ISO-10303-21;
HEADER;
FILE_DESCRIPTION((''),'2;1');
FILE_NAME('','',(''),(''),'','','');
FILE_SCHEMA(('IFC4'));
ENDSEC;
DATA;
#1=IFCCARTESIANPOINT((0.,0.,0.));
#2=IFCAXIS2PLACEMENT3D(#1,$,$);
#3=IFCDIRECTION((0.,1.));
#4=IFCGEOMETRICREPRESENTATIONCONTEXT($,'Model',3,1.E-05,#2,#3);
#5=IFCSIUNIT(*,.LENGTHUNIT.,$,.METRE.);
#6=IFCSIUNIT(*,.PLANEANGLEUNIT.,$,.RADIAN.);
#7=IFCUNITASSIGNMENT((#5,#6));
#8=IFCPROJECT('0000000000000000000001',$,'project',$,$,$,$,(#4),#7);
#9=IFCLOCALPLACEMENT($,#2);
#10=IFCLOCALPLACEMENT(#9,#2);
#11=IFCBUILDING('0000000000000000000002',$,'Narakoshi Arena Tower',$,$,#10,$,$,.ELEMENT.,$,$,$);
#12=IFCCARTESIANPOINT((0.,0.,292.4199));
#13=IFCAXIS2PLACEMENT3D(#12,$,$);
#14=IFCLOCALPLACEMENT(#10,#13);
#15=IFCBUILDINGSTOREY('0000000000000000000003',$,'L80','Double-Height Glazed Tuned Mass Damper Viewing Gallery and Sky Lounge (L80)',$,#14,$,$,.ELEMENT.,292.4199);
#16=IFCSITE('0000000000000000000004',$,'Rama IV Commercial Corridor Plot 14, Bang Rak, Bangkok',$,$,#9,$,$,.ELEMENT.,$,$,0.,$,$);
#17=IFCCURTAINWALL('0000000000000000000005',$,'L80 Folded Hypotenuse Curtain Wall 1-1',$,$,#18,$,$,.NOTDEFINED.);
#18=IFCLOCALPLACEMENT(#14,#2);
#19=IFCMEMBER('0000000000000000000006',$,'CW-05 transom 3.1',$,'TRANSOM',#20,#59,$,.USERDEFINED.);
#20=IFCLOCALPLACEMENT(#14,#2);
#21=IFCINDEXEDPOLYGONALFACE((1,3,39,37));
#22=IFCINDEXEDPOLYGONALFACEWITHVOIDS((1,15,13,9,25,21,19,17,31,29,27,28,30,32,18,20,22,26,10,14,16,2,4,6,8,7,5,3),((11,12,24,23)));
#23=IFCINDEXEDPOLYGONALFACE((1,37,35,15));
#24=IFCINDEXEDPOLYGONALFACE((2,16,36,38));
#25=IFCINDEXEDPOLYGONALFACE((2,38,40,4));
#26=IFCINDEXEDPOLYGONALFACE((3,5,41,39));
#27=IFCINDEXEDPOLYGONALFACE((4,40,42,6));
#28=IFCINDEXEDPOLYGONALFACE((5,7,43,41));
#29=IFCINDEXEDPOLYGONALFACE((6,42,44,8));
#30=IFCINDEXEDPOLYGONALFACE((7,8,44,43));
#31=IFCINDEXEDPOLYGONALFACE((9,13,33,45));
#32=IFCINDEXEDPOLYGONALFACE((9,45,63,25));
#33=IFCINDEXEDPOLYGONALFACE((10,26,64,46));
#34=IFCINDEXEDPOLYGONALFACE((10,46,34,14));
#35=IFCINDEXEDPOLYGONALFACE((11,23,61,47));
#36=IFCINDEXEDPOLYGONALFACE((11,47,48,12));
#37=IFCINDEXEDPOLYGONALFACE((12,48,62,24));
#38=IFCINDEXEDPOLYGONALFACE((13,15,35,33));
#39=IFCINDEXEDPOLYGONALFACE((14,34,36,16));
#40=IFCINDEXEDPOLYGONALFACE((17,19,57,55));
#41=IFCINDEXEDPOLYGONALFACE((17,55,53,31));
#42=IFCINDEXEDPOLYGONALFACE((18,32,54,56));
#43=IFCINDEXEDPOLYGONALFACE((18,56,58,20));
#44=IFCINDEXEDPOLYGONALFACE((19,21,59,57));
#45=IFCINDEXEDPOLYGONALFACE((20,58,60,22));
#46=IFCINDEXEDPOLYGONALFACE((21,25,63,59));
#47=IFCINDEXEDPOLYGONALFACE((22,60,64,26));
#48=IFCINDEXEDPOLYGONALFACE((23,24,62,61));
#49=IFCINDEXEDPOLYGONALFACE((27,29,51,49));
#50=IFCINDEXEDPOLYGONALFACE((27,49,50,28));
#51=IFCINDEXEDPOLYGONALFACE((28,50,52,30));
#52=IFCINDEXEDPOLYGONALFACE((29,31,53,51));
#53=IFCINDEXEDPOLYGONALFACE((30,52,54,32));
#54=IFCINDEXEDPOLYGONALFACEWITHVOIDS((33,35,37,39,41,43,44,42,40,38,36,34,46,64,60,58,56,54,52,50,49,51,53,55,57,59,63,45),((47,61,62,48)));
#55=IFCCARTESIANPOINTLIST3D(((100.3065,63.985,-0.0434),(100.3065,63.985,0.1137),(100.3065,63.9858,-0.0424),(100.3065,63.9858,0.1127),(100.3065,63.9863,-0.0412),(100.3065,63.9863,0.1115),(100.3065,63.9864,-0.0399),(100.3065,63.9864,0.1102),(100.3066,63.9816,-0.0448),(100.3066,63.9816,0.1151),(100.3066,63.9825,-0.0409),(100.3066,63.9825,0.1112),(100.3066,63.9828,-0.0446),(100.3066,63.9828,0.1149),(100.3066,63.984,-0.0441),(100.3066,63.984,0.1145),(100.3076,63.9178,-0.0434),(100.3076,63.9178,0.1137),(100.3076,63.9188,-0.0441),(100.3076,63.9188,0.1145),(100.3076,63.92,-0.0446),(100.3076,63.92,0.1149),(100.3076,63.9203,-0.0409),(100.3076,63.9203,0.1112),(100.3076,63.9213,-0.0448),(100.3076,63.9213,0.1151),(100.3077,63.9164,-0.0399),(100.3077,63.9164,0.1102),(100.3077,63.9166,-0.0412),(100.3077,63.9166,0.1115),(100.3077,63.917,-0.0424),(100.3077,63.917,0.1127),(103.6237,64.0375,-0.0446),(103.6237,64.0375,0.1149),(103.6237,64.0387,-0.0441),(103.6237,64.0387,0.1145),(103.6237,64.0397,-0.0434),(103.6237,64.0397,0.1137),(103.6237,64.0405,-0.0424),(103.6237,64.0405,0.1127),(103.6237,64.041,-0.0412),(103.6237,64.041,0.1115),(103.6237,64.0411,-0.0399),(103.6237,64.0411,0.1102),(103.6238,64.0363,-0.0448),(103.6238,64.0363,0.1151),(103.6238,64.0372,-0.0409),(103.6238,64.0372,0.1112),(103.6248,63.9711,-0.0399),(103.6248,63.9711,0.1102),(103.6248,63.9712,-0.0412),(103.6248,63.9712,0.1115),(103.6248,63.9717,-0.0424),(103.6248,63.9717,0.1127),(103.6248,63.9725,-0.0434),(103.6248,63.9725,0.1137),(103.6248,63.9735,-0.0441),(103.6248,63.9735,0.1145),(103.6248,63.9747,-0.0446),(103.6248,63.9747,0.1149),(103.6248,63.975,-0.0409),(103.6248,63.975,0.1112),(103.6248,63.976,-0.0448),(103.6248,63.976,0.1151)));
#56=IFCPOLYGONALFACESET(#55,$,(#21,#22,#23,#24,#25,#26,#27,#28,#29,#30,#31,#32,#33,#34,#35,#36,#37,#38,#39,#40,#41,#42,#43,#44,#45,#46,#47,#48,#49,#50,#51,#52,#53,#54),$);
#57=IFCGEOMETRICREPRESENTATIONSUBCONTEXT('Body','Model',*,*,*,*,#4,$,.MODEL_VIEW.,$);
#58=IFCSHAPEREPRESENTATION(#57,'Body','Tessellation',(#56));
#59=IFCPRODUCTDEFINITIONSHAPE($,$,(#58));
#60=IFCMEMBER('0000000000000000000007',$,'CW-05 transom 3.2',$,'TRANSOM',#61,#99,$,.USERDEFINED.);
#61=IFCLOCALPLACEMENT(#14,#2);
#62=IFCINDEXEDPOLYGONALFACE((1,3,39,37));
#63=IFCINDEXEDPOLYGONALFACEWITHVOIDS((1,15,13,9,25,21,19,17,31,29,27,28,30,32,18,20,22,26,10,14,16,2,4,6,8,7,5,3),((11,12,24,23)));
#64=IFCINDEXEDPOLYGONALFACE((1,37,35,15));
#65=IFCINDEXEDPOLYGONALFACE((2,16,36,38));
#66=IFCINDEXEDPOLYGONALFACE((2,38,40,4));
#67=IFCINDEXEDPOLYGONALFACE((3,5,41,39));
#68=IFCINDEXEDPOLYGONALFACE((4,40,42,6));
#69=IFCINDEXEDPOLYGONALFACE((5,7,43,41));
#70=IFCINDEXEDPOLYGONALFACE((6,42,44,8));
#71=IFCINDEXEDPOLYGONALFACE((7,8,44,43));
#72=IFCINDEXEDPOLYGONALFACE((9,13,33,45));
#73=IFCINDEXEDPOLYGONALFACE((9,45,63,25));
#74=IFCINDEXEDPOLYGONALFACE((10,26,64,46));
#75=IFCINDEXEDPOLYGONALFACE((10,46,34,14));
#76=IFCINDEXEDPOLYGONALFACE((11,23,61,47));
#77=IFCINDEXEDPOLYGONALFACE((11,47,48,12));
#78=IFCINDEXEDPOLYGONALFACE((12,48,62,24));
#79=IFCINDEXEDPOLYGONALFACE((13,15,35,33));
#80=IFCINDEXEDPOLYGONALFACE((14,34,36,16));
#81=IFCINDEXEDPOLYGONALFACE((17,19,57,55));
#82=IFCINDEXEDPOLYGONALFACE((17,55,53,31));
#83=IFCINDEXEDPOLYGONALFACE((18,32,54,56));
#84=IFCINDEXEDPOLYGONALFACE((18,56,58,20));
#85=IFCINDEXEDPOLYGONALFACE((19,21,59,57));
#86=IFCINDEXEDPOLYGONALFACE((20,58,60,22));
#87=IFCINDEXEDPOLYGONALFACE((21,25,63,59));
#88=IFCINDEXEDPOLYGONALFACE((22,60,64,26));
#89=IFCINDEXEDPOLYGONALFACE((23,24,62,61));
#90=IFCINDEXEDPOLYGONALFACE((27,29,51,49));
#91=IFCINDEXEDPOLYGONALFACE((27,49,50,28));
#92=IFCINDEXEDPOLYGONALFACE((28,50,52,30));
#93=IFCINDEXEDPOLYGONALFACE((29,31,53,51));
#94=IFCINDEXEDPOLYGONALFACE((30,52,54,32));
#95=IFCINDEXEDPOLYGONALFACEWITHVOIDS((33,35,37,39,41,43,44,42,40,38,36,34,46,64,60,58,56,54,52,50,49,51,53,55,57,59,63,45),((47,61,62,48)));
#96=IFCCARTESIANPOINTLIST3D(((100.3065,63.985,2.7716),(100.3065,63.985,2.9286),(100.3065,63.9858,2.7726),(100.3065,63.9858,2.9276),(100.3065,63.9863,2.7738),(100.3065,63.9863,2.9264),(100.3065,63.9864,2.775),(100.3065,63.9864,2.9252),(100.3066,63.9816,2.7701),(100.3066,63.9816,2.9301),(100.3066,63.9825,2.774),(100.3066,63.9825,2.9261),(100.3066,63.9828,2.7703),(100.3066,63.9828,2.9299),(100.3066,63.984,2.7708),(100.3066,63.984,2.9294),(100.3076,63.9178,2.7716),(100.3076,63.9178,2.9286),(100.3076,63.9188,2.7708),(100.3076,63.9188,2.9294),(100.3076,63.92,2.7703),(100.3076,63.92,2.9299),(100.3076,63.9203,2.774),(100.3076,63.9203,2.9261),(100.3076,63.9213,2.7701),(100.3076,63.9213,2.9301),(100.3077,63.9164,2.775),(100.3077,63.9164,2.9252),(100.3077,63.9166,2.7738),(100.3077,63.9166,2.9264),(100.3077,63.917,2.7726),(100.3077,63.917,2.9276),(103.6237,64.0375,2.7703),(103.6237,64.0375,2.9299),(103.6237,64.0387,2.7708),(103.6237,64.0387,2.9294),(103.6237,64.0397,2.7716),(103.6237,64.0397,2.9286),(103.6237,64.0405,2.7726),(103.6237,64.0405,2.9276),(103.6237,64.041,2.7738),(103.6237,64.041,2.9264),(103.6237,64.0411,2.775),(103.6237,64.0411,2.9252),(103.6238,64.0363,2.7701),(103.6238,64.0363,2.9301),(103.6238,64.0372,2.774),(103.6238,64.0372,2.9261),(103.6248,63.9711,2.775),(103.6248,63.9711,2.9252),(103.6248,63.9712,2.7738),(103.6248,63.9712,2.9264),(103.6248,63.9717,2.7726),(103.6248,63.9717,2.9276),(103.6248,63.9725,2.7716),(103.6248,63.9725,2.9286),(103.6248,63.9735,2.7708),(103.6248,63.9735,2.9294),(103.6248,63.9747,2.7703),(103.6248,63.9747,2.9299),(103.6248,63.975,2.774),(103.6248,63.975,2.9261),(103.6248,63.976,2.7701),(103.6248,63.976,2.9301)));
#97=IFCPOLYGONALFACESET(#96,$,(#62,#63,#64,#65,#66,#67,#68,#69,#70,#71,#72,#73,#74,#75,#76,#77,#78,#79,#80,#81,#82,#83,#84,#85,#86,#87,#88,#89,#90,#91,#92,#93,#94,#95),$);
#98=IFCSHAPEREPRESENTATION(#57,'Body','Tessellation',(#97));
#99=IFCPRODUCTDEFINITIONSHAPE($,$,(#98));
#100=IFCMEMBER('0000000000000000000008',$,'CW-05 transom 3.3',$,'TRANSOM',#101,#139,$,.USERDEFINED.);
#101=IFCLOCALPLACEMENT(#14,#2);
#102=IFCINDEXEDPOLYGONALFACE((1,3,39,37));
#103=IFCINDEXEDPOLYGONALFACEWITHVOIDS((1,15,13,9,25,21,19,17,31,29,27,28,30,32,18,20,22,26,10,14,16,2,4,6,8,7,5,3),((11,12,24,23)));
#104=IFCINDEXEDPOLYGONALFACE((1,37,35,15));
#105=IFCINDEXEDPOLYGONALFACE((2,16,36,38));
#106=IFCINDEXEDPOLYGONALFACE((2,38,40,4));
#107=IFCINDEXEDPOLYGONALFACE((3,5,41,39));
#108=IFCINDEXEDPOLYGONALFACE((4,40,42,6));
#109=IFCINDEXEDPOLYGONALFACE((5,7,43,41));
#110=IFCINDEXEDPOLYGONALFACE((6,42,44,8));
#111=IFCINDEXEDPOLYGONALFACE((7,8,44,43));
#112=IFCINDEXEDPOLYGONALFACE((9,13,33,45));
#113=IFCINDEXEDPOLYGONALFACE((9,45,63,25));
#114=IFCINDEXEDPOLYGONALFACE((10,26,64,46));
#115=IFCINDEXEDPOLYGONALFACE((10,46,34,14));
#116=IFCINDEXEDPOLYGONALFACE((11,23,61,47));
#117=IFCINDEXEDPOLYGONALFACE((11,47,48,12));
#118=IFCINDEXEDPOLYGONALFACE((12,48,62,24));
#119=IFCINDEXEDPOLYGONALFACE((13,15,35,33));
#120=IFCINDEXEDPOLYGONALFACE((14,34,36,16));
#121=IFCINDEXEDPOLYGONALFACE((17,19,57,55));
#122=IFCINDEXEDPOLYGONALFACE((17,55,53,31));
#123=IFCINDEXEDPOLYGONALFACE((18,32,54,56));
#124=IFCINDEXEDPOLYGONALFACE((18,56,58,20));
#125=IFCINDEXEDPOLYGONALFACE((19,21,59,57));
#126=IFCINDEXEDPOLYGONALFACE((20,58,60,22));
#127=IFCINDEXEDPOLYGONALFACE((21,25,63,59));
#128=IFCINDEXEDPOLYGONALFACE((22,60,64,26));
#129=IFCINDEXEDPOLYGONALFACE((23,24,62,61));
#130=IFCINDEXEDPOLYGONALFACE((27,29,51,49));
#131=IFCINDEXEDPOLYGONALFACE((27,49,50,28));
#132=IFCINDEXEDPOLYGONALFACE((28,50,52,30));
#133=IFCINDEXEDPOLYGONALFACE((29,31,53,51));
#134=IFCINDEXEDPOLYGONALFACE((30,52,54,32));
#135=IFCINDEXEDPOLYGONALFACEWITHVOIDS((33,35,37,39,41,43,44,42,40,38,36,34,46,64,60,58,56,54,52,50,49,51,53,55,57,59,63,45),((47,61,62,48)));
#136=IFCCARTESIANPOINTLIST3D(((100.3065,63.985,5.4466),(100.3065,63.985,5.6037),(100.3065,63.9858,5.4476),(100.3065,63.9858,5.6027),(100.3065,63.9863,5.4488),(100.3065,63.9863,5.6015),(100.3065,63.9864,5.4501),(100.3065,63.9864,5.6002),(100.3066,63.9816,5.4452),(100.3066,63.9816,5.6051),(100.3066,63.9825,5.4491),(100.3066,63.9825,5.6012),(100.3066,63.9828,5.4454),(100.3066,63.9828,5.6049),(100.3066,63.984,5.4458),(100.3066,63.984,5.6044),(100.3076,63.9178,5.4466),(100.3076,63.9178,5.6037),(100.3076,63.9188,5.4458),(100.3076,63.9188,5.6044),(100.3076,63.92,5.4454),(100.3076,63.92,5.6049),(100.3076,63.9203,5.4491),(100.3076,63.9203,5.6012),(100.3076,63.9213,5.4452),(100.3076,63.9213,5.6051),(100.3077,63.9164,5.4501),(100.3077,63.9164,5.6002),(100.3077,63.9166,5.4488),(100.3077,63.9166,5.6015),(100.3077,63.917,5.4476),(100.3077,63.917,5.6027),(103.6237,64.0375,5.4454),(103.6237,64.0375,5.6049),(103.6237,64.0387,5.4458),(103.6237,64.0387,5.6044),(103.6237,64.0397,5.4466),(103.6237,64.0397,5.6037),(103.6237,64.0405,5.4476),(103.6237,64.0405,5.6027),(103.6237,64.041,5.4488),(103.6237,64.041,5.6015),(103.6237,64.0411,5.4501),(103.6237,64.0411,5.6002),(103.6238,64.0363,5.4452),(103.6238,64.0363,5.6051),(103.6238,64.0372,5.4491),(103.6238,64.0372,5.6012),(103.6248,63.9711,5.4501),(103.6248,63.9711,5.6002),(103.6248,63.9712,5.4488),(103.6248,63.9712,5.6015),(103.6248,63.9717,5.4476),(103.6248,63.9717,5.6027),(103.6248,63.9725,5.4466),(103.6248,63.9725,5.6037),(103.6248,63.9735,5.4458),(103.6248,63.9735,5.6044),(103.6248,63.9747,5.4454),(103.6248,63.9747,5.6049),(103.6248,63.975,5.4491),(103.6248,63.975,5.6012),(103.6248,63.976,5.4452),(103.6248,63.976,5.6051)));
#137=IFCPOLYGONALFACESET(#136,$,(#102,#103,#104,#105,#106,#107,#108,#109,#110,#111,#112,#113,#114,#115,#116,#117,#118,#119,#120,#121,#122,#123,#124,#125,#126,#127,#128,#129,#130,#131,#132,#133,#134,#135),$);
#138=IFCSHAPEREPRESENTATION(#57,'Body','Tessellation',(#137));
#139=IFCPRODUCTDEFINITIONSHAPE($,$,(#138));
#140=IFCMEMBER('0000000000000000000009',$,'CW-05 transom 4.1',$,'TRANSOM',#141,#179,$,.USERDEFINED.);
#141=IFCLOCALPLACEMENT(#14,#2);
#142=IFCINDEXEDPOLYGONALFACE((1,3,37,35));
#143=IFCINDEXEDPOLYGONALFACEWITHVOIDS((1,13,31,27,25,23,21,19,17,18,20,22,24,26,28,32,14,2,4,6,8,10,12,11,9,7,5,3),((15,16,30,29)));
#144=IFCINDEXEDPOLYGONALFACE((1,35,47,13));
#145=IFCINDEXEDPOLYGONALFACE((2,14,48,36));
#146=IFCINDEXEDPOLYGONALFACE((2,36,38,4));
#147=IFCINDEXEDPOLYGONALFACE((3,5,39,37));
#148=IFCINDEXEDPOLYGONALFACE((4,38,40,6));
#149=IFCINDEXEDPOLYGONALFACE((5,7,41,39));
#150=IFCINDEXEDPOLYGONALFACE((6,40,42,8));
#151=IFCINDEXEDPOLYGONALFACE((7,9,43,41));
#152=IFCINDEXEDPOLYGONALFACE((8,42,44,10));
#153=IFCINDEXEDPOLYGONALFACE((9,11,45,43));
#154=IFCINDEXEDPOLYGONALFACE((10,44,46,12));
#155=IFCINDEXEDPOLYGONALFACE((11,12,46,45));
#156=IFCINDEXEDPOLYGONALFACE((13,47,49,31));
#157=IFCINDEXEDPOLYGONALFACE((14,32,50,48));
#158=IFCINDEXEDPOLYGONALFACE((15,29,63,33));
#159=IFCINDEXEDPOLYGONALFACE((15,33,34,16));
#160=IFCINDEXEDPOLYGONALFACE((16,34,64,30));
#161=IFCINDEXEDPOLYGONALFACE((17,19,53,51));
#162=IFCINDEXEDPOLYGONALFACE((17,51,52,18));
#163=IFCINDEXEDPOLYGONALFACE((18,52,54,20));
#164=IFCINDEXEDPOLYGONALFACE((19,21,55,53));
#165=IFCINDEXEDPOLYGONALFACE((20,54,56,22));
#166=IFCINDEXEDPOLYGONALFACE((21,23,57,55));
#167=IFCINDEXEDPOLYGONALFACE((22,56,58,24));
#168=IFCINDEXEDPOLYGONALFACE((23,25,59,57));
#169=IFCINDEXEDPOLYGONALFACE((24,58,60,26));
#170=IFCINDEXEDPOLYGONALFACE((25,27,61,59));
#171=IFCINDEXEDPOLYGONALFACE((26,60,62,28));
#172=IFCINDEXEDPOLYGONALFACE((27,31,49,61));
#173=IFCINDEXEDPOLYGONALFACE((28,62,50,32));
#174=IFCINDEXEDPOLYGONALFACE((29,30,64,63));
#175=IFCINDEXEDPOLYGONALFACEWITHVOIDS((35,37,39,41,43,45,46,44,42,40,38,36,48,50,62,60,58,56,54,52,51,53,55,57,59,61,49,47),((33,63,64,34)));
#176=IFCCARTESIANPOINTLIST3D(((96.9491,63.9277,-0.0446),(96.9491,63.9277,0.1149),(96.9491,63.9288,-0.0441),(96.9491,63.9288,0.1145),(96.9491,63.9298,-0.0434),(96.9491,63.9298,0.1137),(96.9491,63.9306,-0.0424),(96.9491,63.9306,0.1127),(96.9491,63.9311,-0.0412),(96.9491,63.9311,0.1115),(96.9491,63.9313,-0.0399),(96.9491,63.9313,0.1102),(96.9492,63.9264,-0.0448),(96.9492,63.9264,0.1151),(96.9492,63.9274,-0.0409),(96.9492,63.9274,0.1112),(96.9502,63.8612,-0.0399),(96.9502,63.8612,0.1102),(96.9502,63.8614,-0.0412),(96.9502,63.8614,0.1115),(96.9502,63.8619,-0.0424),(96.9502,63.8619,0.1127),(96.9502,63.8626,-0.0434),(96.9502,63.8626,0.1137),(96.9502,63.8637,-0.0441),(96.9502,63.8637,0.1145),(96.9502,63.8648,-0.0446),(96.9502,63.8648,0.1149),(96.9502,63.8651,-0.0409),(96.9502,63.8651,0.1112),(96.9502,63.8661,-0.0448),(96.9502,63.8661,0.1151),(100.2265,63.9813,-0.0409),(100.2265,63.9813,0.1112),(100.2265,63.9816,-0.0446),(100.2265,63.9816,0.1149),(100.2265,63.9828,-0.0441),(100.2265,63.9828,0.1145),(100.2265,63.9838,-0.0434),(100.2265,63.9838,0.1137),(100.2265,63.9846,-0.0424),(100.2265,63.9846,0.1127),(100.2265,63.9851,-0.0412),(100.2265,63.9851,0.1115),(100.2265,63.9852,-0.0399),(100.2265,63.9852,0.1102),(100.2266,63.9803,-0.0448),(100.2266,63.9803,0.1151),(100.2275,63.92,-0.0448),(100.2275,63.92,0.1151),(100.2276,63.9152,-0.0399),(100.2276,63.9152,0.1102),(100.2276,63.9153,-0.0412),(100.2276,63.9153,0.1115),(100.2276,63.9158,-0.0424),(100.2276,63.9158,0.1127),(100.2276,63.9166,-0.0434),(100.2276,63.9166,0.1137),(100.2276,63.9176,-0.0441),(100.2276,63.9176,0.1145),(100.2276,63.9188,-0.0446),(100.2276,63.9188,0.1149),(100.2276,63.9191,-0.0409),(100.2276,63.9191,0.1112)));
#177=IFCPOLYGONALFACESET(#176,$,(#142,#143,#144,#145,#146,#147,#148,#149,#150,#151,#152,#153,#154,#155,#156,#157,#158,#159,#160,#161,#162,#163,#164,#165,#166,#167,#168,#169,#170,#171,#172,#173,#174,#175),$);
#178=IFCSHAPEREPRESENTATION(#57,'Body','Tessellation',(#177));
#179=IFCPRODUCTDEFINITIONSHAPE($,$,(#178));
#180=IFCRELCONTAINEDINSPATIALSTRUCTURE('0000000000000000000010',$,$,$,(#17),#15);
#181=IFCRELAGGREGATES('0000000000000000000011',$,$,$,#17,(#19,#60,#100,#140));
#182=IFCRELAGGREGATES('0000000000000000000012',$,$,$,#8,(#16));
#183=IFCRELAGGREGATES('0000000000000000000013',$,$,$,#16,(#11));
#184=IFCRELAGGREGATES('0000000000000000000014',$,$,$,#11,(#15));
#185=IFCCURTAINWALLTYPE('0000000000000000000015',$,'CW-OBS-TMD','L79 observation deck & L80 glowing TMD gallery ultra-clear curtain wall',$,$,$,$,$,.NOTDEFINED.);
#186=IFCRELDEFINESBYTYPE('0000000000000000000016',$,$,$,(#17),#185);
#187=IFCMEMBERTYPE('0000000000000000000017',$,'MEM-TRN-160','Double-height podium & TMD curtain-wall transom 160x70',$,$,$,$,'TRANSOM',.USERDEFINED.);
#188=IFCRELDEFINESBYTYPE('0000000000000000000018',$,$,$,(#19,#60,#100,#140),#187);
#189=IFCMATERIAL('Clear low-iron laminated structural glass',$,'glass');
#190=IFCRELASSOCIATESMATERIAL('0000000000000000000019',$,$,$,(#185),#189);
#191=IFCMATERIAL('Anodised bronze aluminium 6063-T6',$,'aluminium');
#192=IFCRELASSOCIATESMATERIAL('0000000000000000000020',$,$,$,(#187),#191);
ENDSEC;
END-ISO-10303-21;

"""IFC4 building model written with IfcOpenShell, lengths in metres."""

from ifc_helpers import new_model, si_unit, direction, frame, origin, origin_2d, place, context, subcontext, project, spatial, hollow_rectangle, extrude, material, material_profile, profile_set, type_object, element, aggregate, save


model = new_model("IFC4")

# Units and contexts
model_context = context("Model", 3, precision=1e-05, world=origin(), true_north=direction((0.0, 1.0)))
body_context = subcontext(model_context, "Body", "Model", "MODEL_VIEW")
ifc_project = project(units=[si_unit("LENGTHUNIT", "METRE"), si_unit("PLANEANGLEUNIT", "RADIAN")], contexts=[model_context])

# Site, building, storey
site_placement = place(None, origin())
site = spatial("IfcSite", under=ifc_project, at=site_placement, Name="Rama IV Commercial Corridor Plot 14, Bang Rak, Bangkok", CompositionType="ELEMENT", RefElevation=0.0)
building_placement = place(site_placement, origin())
building = spatial("IfcBuilding", under=site, at=building_placement, Name="Narakoshi Arena Tower", CompositionType="ELEMENT")
storey_placement = place(building_placement, frame((0.0, 0.0, 292.4199)))
storey = spatial("IfcBuildingStorey", under=building, at=storey_placement, Name="L80", Description="Double-Height Glazed Tuned Mass Damper Viewing Gallery and Sky Lounge (L80)", CompositionType="ELEMENT", Elevation=292.4199)

# Curtain wall
ifc_material_1 = material(Name="Clear low-iron laminated structural glass", Category="glass")
curtain_wall_type = type_object("IfcCurtainWallType", Name="CW-OBS-TMD", Description="L79 observation deck & L80 glowing TMD gallery ultra-clear curtain wall", PredefinedType="NOTDEFINED", material=ifc_material_1)
curtain_wall_placement = place(storey_placement, origin())
curtain_wall = element("IfcCurtainWall", 1, at=curtain_wall_placement, inside=storey, type_object=curtain_wall_type, Name="L80 Folded Hypotenuse Curtain Wall 1-1", PredefinedType="NOTDEFINED")
ifc_material_2 = material(Name="Anodised bronze aluminium 6063-T6", Category="aluminium")

# Members
ifc_material_profile_1 = material_profile(ifc_material_2, hollow_rectangle(XDim=0.0701, YDim=0.1599, WallThickness=0.0039, OuterFilletRadius=0.0049, at=origin_2d()), Name="TRN160x70x4")
ifc_profile_set_1 = profile_set([ifc_material_profile_1], Name="Anodised bronze aluminium 6063-T6")
member_type_1 = type_object("IfcMemberType", Name="MEM-TRN-160", Description="Double-height podium & TMD curtain-wall transom 160x70", ElementType="TRANSOM", PredefinedType="USERDEFINED", material=ifc_profile_set_1)
member_1_placement = place(storey_placement, frame((103.6243, 64.0061, 0.0352), z_axis=(-0.999864, -0.016484, 0.0), x_axis=(0.016484, -0.999864, 0.0)))
member_1 = element("IfcMember", 2, at=member_1_placement, type_object=member_type_1, Name="CW-05 transom 3.1", ObjectType="TRANSOM", PredefinedType="USERDEFINED", context=body_context, shape_type="SweptSolid", body=[
    extrude(hollow_rectangle(XDim=0.0701, YDim=0.1599, WallThickness=0.0039, OuterFilletRadius=0.0049, at=origin_2d()), origin(), (0.0, 0.0, 1.0), 3.3176),
])
member_2_placement = place(storey_placement, frame((103.6243, 64.0061, 2.8501), z_axis=(-0.999864, -0.016484, 0.0), x_axis=(0.016484, -0.999864, 0.0)))
member_2 = element("IfcMember", 3, at=member_2_placement, type_object=member_type_1, Name="CW-05 transom 3.2", ObjectType="TRANSOM", PredefinedType="USERDEFINED", context=body_context, shape_type="SweptSolid", body=[
    extrude(hollow_rectangle(XDim=0.0701, YDim=0.1599, WallThickness=0.0039, OuterFilletRadius=0.0049, at=origin_2d()), origin(), (0.0, 0.0, 1.0), 3.3176),
])
member_3_placement = place(storey_placement, frame((103.6243, 64.0061, 5.5251), z_axis=(-0.999864, -0.016484, 0.0), x_axis=(0.016484, -0.999864, 0.0)))
member_3 = element("IfcMember", 4, at=member_3_placement, type_object=member_type_1, Name="CW-05 transom 3.3", ObjectType="TRANSOM", PredefinedType="USERDEFINED", context=body_context, shape_type="SweptSolid", body=[
    extrude(hollow_rectangle(XDim=0.0701, YDim=0.1599, WallThickness=0.0039, OuterFilletRadius=0.0049, at=origin_2d()), origin(), (0.0, 0.0, 1.0), 3.3176),
])
member_4_placement = place(storey_placement, frame((100.2271, 63.9502, 0.0352), z_axis=(-0.999865, -0.016461, 0.0), x_axis=(0.016461, -0.999865, 0.0)))
member_4 = element("IfcMember", 5, at=member_4_placement, type_object=member_type_1, Name="CW-05 transom 4.1", ObjectType="TRANSOM", PredefinedType="USERDEFINED", context=body_context, shape_type="SweptSolid", body=[
    extrude(hollow_rectangle(XDim=0.0701, YDim=0.1599, WallThickness=0.0039, OuterFilletRadius=0.0049, at=origin_2d()), origin(), (0.0, 0.0, 1.0), 3.2778),
])

aggregate(curtain_wall, [member_1, member_2, member_3, member_4])

save(model, "model.ifc")
